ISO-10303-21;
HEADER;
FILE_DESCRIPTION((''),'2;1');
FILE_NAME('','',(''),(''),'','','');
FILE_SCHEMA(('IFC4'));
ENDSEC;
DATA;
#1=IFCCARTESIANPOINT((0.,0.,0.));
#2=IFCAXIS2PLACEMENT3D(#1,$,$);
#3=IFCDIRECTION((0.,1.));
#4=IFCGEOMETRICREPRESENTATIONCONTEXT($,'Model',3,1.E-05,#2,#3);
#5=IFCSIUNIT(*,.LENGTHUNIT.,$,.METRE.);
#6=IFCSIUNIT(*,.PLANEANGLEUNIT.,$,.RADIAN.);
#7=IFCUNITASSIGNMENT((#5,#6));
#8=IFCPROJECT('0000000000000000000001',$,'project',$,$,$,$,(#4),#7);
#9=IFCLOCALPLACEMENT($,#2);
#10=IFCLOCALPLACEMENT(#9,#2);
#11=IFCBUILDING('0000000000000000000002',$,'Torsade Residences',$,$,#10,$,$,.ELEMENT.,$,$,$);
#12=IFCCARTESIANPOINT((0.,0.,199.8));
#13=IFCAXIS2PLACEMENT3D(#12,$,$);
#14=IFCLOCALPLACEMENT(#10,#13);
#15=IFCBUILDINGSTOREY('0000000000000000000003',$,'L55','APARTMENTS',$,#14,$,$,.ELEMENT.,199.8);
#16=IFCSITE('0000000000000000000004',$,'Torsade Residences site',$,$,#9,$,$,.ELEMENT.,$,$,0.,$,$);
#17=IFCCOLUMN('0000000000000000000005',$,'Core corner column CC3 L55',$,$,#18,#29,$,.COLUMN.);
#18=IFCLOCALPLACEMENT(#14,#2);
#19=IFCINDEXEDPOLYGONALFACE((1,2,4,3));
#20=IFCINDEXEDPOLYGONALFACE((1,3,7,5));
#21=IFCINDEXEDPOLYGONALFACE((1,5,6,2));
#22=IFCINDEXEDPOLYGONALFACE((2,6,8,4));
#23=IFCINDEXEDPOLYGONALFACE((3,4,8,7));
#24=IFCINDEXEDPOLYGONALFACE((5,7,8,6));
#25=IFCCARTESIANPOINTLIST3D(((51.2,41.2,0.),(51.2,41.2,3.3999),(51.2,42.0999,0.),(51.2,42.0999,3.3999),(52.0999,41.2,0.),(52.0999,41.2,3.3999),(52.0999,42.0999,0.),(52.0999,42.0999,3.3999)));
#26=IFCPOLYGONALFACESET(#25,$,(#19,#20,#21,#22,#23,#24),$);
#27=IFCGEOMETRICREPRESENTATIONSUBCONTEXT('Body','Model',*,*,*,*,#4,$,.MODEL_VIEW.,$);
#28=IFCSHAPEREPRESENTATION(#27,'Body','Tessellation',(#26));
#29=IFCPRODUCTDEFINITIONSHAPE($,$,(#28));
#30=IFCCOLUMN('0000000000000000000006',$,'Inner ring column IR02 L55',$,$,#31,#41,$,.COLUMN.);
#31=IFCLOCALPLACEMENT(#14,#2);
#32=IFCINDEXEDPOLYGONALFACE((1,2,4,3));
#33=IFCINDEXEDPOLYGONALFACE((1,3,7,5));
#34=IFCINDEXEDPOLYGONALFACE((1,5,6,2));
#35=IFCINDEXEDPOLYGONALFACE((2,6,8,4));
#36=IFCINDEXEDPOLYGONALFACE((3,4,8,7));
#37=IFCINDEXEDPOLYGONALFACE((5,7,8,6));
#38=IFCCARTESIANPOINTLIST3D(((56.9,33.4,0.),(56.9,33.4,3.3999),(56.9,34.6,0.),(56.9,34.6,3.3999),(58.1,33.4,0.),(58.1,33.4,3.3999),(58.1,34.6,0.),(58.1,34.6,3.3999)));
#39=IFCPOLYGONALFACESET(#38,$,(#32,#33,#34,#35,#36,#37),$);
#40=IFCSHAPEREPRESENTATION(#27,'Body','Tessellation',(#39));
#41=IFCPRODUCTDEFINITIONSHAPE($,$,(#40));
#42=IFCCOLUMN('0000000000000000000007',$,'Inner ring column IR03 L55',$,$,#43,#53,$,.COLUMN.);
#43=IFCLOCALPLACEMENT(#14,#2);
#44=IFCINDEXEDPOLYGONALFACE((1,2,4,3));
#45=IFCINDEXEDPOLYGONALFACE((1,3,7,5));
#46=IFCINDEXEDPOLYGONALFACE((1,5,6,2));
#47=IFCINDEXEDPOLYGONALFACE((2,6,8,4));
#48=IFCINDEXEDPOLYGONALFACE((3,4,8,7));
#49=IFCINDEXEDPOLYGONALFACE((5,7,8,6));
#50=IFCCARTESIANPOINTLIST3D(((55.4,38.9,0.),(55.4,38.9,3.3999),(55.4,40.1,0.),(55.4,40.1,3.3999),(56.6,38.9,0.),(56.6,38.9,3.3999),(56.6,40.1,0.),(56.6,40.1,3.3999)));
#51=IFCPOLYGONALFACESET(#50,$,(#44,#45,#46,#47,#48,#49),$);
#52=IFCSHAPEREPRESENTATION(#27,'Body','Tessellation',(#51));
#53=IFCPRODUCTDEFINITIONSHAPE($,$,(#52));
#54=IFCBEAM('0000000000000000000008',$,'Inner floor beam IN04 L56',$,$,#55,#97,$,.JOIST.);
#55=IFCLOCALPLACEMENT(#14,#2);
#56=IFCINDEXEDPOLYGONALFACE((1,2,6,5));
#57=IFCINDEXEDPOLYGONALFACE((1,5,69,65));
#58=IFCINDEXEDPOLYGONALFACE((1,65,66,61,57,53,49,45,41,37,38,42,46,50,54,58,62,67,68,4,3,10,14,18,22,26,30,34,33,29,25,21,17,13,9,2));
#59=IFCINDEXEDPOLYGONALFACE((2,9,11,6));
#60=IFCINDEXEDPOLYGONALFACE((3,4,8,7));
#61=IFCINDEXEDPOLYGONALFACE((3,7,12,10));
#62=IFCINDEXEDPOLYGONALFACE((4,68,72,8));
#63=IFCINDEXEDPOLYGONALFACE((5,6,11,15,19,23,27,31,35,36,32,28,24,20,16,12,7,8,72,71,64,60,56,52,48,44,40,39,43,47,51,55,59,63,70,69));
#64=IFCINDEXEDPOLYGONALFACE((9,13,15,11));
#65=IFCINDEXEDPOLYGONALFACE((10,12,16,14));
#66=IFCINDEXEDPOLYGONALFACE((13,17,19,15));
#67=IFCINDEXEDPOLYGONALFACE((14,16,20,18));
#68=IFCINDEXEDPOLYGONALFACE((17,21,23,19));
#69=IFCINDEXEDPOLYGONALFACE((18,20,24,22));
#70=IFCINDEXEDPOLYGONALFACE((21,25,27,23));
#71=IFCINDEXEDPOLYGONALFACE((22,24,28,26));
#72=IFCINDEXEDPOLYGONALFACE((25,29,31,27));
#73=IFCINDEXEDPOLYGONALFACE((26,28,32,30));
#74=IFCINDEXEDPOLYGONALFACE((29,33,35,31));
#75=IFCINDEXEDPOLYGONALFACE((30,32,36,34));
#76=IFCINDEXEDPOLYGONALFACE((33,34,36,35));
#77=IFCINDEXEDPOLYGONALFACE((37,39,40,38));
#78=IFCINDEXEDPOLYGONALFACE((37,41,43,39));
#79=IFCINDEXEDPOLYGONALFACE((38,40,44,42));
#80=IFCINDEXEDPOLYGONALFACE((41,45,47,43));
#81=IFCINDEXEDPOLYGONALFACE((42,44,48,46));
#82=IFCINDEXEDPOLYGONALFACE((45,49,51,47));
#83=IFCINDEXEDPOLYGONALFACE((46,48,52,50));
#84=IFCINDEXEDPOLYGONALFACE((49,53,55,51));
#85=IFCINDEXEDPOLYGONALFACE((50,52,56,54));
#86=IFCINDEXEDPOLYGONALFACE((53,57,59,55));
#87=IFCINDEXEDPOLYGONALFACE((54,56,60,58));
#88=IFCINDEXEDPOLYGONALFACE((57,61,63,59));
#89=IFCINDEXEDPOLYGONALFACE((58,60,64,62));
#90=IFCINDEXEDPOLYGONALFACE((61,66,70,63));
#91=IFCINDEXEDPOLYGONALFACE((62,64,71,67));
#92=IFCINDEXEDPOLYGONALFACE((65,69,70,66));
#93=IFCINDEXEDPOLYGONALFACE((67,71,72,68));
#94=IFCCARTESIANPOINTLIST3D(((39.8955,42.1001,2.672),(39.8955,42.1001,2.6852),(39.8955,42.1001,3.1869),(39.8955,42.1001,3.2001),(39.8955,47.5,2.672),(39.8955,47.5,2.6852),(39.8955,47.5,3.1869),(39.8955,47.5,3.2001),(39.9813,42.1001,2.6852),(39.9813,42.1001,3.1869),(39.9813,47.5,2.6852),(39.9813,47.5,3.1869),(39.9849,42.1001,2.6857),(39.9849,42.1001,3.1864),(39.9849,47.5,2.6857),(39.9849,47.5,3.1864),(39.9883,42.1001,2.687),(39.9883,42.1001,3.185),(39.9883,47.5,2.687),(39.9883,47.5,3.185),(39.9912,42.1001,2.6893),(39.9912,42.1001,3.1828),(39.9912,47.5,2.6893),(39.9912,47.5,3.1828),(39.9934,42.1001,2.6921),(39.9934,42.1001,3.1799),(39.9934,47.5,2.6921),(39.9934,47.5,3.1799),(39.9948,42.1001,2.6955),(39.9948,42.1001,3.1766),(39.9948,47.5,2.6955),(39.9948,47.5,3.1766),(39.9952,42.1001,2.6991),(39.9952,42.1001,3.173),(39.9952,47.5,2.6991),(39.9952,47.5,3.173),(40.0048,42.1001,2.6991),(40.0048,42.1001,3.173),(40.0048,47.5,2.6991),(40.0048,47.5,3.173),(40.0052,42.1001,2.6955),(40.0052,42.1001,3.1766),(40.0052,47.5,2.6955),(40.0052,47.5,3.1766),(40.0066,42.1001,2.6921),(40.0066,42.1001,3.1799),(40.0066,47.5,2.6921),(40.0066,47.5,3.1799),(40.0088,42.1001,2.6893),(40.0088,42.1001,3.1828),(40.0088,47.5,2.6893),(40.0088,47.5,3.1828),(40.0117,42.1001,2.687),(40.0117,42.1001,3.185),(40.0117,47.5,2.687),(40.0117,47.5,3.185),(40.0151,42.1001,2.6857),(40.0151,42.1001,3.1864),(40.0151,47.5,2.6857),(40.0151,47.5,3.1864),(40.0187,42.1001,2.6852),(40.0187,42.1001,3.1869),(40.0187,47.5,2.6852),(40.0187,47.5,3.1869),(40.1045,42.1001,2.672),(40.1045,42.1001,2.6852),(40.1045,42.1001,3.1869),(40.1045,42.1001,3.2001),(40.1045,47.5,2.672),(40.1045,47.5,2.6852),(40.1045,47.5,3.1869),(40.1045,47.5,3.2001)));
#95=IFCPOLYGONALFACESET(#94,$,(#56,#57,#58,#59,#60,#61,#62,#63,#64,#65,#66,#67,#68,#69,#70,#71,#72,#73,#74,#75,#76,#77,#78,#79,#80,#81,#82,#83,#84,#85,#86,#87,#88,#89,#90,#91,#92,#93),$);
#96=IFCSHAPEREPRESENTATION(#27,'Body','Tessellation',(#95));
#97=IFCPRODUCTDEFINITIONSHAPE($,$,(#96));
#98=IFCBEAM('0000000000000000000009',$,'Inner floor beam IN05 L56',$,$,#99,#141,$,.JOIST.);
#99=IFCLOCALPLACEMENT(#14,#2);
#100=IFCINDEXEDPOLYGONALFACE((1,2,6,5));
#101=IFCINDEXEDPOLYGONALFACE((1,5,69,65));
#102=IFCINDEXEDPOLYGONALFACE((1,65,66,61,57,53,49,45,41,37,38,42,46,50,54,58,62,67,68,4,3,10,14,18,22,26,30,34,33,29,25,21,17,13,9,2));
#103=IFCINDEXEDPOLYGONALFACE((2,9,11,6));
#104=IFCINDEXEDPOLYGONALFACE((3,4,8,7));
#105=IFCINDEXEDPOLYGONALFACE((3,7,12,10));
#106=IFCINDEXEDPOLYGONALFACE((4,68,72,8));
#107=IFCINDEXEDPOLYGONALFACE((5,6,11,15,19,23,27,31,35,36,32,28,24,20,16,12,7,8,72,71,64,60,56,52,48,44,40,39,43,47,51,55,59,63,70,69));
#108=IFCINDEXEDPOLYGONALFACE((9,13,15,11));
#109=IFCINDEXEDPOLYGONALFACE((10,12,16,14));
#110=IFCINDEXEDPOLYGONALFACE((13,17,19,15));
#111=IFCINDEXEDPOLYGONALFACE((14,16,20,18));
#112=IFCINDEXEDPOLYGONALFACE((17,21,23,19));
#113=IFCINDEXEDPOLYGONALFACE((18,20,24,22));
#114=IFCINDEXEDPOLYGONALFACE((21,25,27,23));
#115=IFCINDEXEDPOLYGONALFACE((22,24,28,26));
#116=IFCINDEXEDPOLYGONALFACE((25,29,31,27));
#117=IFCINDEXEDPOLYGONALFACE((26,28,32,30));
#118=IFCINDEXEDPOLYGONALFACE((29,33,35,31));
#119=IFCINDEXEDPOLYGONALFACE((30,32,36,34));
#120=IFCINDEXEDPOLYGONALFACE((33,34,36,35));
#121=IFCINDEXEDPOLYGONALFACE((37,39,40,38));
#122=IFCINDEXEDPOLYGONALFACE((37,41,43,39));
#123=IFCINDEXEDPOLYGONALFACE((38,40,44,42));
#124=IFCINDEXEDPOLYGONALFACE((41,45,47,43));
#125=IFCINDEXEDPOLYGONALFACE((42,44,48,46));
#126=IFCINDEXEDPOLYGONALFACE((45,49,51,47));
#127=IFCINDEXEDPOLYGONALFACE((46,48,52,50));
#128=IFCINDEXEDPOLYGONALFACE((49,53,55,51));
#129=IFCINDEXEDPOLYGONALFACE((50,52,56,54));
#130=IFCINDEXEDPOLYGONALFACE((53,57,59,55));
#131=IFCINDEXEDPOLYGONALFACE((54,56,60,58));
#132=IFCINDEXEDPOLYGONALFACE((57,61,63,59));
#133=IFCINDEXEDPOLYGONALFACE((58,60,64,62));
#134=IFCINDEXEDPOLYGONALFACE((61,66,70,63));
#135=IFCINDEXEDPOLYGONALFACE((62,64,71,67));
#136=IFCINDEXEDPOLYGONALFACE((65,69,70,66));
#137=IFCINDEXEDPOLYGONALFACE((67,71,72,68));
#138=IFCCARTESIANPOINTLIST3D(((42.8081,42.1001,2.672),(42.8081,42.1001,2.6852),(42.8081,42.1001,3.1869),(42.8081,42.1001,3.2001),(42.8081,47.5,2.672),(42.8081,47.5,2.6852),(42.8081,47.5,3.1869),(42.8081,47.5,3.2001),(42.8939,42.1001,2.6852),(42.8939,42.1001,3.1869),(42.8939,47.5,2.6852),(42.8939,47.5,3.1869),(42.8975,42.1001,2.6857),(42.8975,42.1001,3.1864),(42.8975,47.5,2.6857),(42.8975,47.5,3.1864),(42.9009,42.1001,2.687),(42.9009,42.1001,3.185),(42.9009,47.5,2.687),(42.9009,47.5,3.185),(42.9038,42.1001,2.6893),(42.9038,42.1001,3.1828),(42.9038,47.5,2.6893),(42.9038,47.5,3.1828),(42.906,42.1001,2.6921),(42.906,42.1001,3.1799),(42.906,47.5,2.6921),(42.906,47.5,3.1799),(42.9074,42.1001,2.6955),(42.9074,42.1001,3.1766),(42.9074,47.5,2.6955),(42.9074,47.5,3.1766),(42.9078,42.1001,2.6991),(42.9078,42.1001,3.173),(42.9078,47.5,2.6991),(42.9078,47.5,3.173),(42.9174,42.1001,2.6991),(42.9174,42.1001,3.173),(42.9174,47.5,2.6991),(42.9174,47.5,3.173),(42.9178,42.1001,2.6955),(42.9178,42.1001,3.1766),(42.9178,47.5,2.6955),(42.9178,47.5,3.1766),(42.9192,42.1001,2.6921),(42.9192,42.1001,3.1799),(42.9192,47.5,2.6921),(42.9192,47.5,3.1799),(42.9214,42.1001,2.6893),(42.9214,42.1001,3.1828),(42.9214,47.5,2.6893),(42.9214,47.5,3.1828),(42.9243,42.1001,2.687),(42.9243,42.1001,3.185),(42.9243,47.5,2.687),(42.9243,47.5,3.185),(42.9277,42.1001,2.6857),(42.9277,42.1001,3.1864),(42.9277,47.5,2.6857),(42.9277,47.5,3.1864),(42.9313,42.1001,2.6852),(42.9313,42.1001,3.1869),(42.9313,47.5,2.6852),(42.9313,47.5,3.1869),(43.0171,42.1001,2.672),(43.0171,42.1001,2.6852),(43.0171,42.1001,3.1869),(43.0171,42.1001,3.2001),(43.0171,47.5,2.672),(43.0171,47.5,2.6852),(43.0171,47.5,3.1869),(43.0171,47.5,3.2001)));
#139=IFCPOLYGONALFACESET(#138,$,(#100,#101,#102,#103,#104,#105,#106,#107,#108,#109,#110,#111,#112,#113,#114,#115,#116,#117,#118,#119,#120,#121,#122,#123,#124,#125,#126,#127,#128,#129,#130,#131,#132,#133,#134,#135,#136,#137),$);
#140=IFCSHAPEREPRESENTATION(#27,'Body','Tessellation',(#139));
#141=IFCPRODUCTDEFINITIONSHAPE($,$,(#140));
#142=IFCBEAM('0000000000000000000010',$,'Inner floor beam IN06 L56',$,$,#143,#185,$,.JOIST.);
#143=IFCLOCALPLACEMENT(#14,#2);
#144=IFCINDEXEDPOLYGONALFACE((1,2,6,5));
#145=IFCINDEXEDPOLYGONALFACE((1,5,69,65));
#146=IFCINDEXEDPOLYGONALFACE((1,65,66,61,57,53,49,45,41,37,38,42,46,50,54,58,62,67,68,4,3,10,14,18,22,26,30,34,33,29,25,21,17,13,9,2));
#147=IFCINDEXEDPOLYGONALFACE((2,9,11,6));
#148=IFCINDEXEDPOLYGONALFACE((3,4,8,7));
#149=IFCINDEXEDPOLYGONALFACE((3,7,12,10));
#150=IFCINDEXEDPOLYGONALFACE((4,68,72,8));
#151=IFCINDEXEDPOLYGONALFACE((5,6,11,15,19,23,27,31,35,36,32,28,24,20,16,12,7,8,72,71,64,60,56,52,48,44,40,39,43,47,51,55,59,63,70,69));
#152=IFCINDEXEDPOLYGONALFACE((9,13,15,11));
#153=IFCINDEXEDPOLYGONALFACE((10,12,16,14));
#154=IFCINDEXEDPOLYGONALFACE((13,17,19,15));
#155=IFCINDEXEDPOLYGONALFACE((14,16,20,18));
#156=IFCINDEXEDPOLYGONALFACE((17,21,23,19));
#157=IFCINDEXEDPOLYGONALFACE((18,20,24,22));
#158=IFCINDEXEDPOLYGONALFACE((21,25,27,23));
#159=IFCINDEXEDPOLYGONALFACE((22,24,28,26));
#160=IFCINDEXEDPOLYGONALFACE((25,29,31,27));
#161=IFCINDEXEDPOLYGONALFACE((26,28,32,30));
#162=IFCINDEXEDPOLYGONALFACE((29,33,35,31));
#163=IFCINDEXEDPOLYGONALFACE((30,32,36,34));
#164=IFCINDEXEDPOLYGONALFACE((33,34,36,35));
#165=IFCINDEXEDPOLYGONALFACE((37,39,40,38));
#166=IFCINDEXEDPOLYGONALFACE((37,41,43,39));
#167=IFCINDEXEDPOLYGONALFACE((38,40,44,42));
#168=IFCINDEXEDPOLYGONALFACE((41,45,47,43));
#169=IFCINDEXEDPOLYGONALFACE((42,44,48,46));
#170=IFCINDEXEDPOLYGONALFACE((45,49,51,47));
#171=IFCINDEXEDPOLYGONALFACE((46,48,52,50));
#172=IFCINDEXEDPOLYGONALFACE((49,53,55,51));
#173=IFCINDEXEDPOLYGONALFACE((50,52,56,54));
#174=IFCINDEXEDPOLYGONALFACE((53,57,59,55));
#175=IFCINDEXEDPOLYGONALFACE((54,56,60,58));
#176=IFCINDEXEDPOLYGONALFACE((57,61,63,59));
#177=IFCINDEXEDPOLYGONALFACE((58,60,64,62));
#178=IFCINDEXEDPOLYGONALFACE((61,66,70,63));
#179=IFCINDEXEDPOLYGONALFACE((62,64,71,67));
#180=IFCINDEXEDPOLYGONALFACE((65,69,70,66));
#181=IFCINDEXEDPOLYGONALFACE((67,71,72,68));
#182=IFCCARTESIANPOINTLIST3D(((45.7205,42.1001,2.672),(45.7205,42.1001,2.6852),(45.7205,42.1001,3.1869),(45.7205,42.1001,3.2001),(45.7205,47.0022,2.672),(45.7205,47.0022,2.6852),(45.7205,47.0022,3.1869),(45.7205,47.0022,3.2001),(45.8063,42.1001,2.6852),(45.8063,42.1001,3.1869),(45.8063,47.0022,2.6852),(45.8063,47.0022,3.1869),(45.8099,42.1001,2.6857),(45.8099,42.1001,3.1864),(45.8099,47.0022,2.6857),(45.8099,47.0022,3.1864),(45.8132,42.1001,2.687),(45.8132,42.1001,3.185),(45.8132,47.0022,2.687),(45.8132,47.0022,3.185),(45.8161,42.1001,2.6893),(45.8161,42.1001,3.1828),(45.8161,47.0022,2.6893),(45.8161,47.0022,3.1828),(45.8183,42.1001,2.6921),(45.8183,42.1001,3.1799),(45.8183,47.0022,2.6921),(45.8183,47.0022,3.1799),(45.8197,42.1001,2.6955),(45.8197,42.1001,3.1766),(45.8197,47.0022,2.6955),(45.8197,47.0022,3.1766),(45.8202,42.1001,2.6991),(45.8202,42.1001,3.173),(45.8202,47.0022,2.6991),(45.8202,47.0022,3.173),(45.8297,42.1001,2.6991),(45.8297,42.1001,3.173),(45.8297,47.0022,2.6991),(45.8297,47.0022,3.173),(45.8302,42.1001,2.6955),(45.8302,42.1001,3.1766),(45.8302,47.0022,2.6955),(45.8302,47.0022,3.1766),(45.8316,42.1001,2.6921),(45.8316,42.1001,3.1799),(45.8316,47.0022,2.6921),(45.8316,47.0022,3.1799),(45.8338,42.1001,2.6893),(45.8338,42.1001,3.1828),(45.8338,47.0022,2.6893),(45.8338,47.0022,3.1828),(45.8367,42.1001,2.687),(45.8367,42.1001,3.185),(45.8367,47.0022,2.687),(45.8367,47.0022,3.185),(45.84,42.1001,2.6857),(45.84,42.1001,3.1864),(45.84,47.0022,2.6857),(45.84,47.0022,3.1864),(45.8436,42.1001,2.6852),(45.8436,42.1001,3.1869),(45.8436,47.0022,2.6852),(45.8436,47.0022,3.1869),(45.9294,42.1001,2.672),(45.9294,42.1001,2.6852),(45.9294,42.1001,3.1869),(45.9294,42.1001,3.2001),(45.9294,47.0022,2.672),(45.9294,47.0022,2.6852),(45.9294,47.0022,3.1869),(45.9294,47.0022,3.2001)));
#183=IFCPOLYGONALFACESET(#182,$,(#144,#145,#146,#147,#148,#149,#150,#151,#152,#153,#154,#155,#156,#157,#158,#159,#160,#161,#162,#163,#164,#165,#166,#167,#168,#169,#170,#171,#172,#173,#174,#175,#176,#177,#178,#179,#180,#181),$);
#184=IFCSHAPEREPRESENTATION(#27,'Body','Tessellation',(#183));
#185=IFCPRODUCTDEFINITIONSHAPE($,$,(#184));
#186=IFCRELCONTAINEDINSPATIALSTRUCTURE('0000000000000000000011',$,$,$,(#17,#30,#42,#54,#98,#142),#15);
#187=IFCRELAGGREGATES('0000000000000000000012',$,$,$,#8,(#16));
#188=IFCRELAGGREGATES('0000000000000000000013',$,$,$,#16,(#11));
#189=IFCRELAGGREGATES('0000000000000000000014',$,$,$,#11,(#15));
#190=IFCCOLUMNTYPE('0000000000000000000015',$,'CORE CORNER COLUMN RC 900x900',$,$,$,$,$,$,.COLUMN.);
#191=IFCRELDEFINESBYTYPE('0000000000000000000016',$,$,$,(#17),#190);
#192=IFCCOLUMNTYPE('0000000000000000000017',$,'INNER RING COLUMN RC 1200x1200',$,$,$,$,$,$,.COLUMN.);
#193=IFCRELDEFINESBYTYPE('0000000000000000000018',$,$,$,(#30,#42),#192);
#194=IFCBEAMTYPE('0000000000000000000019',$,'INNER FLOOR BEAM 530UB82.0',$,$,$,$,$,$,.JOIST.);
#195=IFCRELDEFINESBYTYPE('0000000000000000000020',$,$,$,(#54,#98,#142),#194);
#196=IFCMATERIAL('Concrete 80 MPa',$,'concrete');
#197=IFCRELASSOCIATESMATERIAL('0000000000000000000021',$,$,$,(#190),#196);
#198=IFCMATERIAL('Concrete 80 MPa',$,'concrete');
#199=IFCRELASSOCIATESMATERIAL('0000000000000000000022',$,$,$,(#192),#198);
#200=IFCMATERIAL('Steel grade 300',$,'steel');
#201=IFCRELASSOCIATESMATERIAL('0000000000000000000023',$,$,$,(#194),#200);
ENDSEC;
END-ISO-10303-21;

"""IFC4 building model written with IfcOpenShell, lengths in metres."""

from ifc_helpers import new_model, si_unit, direction, frame, origin, origin_2d, place, context, subcontext, project, spatial, rectangle, i_section, extrude, material, material_profile, profile_set, type_object, element, save


model = new_model("IFC4")

# Units and contexts
model_context = context("Model", 3, precision=1e-05, world=origin(), true_north=direction((0.0, 1.0)))
body_context = subcontext(model_context, "Body", "Model", "MODEL_VIEW")
ifc_project = project(units=[si_unit("LENGTHUNIT", "METRE"), si_unit("PLANEANGLEUNIT", "RADIAN")], contexts=[model_context])

# Site, building, storey
site_placement = place(None, origin())
site = spatial("IfcSite", under=ifc_project, at=site_placement, Name="Torsade Residences site", CompositionType="ELEMENT", RefElevation=0.0)
building_placement = place(site_placement, origin())
building = spatial("IfcBuilding", under=site, at=building_placement, Name="Torsade Residences", CompositionType="ELEMENT")
storey_placement = place(building_placement, frame((0.0, 0.0, 199.8)))
storey = spatial("IfcBuildingStorey", under=building, at=storey_placement, Name="L55", Description="APARTMENTS", CompositionType="ELEMENT", Elevation=199.8)

# Columns
ifc_material_1 = material(Name="Concrete 80 MPa", Category="concrete")
ifc_material_profile_1 = material_profile(ifc_material_1, rectangle(XDim=0.8999, YDim=0.8999, at=origin_2d()), Name="RC 900x900")
ifc_profile_set_1 = profile_set([ifc_material_profile_1], Name="Concrete 80 MPa")
column_type_1 = type_object("IfcColumnType", Name="CORE CORNER COLUMN RC 900x900", PredefinedType="COLUMN", material=ifc_profile_set_1)
column_placement = place(storey_placement, frame((51.6499, 41.6499, 0.0), z_axis=(0.0, 0.0, 1.0), x_axis=(1.0, 0.0, 0.0)))
element("IfcColumn", 1, at=column_placement, inside=storey, type_object=column_type_1, Name="Core corner column CC3 L55", PredefinedType="COLUMN", context=body_context, shape_type="SweptSolid", body=[
    extrude(rectangle(XDim=0.8999, YDim=0.8999, at=origin_2d()), origin(), (0.0, 0.0, 1.0), 3.3999),
])
ifc_material_2 = material(Name="Concrete 80 MPa", Category="concrete")
ifc_material_profile_2 = material_profile(ifc_material_2, rectangle(XDim=1.2, YDim=1.2, at=origin_2d()), Name="RC 1200x1200")
ifc_profile_set_2 = profile_set([ifc_material_profile_2], Name="Concrete 80 MPa")
column_type_2 = type_object("IfcColumnType", Name="INNER RING COLUMN RC 1200x1200", PredefinedType="COLUMN", material=ifc_profile_set_2)
for number, where, z_axis, x_axis, name in (
    (2, (57.5, 34.0, 0.0), (0.0, 0.0, 1.0), (1.0, 0.0, 0.0), "Inner ring column IR02 L55"),
    (3, (56.0, 39.5, 0.0), (0.0, 0.0, 1.0), (1.0, 0.0, 0.0), "Inner ring column IR03 L55"),
):
    element("IfcColumn", number, at=place(storey_placement, frame(where, z_axis=z_axis, x_axis=x_axis)), inside=storey, type_object=column_type_2, Name=name, PredefinedType="COLUMN", context=body_context, shape_type="SweptSolid", body=[
        extrude(rectangle(XDim=1.2, YDim=1.2, at=origin_2d()), origin(), (0.0, 0.0, 1.0), 3.3999),
    ])

# Beams
ifc_material_3 = material(Name="Steel grade 300", Category="steel")
ifc_material_profile_3 = material_profile(ifc_material_3, i_section(OverallWidth=0.209, OverallDepth=0.5281, WebThickness=0.0095, FlangeThickness=0.0132, FilletRadius=0.0139, at=origin_2d()), Name="530UB82.0")
ifc_profile_set_3 = profile_set([ifc_material_profile_3], Name="Steel grade 300")
beam_type_1 = type_object("IfcBeamType", Name="INNER FLOOR BEAM 530UB82.0", PredefinedType="JOIST", material=ifc_profile_set_3)
for number, where, z_axis, x_axis, name in (
    (4, (40.0, 42.1001, 2.936), (0.0, 1.0, 0.0), (-1.0, 0.0, 0.0), "Inner floor beam IN04 L56"),
    (5, (42.9126, 42.1001, 2.936), (0.0, 1.0, 0.0), (-1.0, 0.0, 0.0), "Inner floor beam IN05 L56"),
):
    element("IfcBeam", number, at=place(storey_placement, frame(where, z_axis=z_axis, x_axis=x_axis)), inside=storey, type_object=beam_type_1, Name=name, PredefinedType="JOIST", context=body_context, shape_type="SweptSolid", body=[
        extrude(i_section(OverallWidth=0.209, OverallDepth=0.5281, WebThickness=0.0095, FlangeThickness=0.0132, FilletRadius=0.0139, at=origin_2d()), origin(), (0.0, 0.0, 1.0), 5.3999),
    ])
beam_1_placement = place(storey_placement, frame((45.825, 42.1001, 2.936), z_axis=(0.0, 1.0, 0.0), x_axis=(-1.0, 0.0, 0.0)))
element("IfcBeam", 6, at=beam_1_placement, inside=storey, type_object=beam_type_1, Name="Inner floor beam IN06 L56", PredefinedType="JOIST", context=body_context, shape_type="SweptSolid", body=[
    extrude(i_section(OverallWidth=0.209, OverallDepth=0.5281, WebThickness=0.0095, FlangeThickness=0.0132, FilletRadius=0.0139, at=origin_2d()), origin(), (0.0, 0.0, 1.0), 4.9021),
])

save(model, "model.ifc")
